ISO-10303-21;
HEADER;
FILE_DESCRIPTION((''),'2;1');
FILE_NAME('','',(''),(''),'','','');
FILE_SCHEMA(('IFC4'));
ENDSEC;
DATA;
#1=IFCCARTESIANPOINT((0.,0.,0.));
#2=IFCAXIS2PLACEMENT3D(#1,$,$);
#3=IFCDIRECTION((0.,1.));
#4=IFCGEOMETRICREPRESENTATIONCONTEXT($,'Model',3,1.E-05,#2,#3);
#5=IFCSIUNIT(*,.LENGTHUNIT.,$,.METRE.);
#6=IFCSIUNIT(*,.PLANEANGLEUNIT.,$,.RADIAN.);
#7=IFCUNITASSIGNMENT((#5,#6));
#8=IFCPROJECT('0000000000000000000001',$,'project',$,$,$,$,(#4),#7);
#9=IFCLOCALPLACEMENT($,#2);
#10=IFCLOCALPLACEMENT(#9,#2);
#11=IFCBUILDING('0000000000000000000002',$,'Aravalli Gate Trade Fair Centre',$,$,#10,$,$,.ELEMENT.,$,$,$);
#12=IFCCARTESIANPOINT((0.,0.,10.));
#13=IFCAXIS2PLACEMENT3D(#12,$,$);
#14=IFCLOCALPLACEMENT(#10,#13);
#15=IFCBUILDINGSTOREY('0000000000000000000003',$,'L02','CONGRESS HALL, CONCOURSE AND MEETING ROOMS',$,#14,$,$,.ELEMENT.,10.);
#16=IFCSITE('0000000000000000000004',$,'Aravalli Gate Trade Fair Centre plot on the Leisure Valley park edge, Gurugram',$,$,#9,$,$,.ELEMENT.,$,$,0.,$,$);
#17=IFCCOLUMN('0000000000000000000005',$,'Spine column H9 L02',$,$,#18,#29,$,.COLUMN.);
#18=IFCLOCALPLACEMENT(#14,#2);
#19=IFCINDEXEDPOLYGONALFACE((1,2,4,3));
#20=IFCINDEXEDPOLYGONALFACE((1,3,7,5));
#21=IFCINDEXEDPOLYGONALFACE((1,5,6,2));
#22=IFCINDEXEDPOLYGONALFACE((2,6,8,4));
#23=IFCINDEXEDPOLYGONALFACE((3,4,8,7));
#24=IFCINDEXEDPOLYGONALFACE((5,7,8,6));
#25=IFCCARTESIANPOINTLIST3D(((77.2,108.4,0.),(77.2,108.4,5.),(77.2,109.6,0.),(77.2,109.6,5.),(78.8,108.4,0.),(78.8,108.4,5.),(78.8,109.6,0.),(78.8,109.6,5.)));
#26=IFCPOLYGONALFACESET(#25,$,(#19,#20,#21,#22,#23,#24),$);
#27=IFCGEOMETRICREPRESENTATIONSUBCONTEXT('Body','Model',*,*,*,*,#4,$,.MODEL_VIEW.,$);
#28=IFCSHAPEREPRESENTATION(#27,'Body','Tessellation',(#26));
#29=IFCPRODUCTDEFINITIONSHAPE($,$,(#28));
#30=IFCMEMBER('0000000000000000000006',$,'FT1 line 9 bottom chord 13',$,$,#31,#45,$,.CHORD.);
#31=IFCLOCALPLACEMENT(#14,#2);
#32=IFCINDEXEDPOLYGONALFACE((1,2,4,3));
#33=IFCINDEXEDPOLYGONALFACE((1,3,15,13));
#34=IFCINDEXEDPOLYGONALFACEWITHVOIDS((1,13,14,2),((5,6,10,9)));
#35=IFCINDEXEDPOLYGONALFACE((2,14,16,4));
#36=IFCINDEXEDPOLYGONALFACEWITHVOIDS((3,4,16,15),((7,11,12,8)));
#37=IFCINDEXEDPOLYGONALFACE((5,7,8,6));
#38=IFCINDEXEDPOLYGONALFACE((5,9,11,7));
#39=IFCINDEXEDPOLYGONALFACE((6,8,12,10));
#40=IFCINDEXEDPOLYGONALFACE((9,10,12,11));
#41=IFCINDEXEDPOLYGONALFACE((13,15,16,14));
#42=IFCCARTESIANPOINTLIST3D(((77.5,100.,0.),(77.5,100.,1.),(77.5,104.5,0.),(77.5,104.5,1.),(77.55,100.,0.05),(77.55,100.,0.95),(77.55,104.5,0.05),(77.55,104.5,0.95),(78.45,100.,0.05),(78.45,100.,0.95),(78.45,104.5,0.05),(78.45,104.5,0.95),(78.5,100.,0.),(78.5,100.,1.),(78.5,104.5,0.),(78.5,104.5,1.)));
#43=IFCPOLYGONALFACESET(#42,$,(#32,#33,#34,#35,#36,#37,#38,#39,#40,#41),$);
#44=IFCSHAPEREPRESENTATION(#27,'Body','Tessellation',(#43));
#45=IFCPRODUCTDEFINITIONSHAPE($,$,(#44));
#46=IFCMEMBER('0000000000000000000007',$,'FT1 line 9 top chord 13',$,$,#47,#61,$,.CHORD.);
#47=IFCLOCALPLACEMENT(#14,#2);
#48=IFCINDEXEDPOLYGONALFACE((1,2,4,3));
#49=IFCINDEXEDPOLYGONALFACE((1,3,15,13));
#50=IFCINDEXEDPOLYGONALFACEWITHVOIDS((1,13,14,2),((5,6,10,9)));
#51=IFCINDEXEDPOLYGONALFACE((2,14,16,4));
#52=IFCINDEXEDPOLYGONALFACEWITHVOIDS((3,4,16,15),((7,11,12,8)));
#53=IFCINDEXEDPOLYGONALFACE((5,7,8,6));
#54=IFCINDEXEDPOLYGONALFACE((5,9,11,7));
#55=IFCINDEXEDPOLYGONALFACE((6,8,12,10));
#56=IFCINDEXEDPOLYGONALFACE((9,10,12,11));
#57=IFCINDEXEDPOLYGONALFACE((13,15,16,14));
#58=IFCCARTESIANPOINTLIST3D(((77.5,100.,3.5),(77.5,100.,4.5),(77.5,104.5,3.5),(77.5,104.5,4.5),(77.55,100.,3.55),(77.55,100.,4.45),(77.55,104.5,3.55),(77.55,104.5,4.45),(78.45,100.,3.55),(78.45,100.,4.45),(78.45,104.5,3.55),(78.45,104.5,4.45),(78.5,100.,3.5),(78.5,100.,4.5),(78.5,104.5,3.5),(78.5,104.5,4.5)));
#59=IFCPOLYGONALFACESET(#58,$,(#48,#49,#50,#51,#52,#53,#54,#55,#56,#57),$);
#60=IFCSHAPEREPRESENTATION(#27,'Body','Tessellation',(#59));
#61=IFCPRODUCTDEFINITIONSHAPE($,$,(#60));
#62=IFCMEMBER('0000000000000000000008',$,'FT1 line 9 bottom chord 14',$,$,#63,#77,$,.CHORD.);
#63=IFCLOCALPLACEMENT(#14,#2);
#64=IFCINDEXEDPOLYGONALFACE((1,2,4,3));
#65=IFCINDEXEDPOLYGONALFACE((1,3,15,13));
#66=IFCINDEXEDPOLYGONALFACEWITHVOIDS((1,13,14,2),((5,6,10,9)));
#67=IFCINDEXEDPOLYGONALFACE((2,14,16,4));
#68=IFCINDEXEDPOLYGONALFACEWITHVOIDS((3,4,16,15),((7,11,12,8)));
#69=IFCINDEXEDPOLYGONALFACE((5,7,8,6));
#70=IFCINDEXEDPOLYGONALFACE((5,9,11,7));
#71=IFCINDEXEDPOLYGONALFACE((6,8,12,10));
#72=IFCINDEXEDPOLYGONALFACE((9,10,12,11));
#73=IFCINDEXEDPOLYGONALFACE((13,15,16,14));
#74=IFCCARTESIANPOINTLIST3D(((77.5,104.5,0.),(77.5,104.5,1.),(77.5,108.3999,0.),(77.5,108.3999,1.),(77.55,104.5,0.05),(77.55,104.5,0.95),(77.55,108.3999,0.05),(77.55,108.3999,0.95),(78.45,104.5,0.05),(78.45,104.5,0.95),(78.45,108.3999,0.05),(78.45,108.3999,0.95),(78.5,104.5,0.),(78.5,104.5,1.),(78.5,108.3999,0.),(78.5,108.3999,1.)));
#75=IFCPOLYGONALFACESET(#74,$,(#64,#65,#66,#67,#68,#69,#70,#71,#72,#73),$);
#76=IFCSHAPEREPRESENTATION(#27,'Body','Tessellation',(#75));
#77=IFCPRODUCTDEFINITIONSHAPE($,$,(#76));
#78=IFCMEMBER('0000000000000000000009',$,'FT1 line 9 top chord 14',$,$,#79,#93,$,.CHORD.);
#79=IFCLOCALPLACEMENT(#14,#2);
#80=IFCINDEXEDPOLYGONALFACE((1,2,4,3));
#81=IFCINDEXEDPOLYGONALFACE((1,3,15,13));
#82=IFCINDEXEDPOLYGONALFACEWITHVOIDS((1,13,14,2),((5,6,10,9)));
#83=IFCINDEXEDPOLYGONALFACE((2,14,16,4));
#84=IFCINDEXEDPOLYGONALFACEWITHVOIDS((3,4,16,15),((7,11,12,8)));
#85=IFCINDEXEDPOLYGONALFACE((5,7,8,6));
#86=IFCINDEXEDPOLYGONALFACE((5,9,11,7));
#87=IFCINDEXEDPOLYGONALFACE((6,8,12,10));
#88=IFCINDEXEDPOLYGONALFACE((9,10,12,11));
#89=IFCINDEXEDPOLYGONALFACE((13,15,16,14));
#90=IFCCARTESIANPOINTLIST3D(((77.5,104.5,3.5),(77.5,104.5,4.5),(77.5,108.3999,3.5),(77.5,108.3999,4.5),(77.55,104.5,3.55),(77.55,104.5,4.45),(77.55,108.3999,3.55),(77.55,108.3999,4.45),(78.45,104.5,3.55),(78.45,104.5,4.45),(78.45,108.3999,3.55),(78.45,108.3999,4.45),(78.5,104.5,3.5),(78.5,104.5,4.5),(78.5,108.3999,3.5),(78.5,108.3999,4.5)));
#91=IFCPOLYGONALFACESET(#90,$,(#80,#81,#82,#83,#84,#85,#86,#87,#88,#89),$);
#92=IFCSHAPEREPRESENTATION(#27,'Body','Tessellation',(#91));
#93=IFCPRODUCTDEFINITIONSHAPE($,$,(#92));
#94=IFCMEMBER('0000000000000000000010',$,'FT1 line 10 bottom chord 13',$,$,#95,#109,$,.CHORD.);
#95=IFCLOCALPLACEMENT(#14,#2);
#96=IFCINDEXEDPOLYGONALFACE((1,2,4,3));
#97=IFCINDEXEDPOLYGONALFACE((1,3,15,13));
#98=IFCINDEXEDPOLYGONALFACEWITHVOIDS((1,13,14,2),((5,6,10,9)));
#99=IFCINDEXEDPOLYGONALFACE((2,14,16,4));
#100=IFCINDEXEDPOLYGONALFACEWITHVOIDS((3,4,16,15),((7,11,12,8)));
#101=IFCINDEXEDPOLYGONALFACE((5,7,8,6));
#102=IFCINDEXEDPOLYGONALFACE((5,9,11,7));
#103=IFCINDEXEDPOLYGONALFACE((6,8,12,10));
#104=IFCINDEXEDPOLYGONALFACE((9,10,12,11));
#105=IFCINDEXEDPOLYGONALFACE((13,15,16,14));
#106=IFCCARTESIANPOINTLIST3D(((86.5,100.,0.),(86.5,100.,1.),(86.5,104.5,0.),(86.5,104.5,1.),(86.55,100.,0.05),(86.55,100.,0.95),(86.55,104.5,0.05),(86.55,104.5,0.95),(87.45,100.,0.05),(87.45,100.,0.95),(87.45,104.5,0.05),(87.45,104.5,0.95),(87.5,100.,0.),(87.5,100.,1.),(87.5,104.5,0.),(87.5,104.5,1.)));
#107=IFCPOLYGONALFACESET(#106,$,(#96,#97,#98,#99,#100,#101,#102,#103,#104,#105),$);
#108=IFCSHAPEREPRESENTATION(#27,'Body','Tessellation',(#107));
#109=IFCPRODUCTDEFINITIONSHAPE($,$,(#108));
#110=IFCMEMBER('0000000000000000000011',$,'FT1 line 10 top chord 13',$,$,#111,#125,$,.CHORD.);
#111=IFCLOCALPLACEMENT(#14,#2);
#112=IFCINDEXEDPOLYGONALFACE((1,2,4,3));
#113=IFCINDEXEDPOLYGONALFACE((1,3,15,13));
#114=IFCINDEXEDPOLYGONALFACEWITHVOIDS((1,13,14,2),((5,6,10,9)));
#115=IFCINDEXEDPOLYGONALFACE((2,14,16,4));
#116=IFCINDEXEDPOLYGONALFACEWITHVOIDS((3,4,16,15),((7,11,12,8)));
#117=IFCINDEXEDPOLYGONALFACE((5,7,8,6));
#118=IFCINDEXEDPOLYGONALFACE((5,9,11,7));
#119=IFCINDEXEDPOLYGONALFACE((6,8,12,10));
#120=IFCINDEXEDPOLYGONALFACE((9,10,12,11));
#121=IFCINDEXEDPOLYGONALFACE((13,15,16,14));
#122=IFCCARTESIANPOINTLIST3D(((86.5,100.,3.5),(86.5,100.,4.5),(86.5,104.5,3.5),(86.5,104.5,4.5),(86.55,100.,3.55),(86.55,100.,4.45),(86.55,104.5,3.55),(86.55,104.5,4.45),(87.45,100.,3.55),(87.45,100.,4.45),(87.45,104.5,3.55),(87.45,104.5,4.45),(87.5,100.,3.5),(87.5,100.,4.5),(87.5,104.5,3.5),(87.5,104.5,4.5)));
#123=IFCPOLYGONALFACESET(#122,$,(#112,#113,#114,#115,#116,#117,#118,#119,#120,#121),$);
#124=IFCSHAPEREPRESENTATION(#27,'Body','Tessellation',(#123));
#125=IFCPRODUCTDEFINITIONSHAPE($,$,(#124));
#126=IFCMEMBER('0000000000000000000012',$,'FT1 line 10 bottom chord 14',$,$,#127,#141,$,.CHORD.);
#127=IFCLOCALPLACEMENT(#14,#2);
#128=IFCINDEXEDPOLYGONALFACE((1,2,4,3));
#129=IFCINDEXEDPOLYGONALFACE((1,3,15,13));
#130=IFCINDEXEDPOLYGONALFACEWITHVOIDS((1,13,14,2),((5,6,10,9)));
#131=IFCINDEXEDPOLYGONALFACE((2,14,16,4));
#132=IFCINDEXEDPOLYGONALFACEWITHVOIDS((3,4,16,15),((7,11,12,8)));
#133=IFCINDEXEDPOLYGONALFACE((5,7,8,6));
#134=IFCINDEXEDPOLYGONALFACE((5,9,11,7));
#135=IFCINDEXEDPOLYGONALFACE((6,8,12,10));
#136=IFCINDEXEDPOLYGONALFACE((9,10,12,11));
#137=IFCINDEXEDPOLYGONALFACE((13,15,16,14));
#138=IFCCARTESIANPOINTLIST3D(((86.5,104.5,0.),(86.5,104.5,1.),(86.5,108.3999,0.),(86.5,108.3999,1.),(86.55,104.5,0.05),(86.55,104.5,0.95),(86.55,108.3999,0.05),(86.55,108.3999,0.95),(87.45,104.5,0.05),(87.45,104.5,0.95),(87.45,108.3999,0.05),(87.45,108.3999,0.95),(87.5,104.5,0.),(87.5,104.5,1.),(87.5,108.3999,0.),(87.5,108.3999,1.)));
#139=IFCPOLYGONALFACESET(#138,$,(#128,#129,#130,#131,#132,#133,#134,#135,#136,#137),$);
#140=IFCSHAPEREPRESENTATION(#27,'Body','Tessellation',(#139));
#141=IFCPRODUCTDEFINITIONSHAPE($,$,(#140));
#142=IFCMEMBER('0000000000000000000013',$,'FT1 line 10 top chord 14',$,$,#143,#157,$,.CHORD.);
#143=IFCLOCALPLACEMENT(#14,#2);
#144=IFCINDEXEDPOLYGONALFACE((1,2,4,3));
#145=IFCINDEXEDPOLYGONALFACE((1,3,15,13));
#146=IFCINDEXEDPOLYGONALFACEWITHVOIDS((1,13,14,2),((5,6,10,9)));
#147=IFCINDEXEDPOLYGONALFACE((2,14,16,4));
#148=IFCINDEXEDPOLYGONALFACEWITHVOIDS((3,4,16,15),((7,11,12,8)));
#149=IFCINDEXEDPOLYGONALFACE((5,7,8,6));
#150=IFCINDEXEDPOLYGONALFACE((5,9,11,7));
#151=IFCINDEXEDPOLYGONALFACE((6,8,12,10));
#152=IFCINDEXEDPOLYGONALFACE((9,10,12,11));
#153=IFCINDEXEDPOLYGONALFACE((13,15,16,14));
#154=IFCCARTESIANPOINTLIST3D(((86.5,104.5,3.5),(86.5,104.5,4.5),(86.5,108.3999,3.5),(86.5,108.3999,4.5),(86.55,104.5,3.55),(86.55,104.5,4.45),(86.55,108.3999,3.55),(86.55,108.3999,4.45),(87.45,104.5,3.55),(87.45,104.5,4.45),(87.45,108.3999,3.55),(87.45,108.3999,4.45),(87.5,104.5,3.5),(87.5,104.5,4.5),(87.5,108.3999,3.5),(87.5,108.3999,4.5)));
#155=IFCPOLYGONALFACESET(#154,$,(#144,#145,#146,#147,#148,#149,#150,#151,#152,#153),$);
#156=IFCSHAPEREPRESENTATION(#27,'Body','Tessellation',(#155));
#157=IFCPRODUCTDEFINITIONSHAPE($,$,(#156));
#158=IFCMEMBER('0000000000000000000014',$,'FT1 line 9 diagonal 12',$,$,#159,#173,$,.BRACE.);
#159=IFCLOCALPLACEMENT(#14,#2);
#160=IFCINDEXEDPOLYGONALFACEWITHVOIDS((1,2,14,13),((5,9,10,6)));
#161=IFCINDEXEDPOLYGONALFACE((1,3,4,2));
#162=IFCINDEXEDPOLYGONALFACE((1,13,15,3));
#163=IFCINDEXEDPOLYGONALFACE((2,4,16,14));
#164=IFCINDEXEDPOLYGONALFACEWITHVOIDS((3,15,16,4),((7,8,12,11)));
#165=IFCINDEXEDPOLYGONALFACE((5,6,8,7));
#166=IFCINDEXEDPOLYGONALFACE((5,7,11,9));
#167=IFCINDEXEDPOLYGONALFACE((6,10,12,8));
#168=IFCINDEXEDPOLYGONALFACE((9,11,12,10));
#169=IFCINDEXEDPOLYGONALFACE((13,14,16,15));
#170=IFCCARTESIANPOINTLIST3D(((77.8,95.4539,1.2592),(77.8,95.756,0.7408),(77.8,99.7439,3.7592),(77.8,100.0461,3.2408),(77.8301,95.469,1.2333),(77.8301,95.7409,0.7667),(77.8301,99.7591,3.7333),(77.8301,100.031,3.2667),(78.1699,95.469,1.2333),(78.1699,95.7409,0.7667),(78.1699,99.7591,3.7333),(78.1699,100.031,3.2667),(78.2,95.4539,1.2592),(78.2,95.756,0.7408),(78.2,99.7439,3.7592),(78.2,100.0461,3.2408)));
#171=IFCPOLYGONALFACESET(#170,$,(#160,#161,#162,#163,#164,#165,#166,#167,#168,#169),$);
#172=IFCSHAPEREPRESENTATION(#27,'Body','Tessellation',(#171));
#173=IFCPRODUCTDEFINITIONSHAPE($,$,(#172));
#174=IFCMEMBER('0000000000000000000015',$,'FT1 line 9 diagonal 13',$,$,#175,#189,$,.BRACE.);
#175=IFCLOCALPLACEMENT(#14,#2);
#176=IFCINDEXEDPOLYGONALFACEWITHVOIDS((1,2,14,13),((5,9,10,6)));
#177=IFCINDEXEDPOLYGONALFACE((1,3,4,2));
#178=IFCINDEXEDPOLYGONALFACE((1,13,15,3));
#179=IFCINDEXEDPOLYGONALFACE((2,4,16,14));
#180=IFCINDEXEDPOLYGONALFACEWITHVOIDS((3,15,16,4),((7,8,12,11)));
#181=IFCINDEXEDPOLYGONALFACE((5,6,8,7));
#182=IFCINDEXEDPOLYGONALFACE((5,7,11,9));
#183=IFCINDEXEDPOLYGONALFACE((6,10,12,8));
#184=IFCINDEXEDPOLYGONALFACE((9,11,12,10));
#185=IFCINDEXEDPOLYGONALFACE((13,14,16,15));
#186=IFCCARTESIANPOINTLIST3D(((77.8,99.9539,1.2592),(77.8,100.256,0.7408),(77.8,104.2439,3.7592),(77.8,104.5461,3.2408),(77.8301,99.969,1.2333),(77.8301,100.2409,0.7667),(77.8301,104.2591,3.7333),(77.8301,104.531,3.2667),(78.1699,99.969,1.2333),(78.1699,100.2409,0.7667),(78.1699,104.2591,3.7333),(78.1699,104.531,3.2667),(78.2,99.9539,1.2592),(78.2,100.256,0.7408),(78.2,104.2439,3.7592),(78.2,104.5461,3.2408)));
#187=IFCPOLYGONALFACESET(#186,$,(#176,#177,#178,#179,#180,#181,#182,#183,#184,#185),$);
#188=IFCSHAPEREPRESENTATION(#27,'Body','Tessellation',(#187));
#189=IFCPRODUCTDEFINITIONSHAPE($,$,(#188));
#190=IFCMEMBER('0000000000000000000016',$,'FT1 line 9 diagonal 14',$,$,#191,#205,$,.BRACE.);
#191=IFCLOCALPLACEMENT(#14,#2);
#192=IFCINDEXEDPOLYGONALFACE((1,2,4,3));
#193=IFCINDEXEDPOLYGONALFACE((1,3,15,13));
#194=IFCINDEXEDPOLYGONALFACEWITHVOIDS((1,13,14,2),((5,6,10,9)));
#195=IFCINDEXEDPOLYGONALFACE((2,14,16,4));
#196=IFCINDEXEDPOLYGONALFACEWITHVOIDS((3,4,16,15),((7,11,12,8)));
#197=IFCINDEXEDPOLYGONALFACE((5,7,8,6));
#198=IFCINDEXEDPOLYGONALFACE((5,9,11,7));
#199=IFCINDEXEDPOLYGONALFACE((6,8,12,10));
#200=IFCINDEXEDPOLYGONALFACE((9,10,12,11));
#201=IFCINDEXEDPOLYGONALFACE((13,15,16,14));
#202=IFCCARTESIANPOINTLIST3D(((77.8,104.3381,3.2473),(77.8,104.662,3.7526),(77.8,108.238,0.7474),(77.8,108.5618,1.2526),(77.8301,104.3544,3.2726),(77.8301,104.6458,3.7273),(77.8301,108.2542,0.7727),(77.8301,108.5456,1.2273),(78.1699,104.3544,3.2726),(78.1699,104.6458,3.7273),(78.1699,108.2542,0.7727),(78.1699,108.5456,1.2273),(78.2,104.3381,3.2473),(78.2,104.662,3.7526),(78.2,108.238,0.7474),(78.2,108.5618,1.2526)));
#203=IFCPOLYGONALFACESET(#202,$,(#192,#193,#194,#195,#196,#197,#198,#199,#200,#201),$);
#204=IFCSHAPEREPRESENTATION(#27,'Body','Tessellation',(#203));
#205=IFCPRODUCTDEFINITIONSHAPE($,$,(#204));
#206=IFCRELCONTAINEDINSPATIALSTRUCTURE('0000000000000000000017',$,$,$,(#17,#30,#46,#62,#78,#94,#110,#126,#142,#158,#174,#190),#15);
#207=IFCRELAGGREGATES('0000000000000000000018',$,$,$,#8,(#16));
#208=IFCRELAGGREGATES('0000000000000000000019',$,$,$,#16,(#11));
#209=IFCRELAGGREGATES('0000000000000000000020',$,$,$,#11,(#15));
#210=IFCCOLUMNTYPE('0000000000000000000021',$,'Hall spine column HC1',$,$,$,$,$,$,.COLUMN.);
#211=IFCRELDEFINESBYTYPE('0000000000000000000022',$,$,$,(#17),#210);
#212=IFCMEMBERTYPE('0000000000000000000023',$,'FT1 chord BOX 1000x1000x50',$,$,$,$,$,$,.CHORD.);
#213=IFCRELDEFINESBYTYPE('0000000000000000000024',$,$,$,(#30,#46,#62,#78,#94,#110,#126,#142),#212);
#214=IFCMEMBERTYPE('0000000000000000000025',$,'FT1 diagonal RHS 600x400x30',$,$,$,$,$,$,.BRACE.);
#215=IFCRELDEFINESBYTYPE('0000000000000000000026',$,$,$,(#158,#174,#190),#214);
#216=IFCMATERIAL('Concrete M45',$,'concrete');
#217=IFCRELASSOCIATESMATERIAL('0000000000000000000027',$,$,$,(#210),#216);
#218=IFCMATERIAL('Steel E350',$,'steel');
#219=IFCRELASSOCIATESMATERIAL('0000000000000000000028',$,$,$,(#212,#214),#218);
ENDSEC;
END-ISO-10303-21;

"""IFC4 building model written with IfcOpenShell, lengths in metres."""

from ifc_helpers import new_model, si_unit, direction, frame, origin, origin_2d, place, context, subcontext, project, spatial, rectangle, hollow_rectangle, extrude, material, material_profile, profile_set, type_object, element, save


model = new_model("IFC4")

# Units and contexts
model_context = context("Model", 3, precision=1e-05, world=origin(), true_north=direction((0.0, 1.0)))
body_context = subcontext(model_context, "Body", "Model", "MODEL_VIEW")
ifc_project = project(units=[si_unit("LENGTHUNIT", "METRE"), si_unit("PLANEANGLEUNIT", "RADIAN")], contexts=[model_context])

# Site, building, storey
site_placement = place(None, origin())
site = spatial("IfcSite", under=ifc_project, at=site_placement, Name="Aravalli Gate Trade Fair Centre plot on the Leisure Valley park edge, Gurugram", CompositionType="ELEMENT", RefElevation=0.0)
building_placement = place(site_placement, origin())
building = spatial("IfcBuilding", under=site, at=building_placement, Name="Aravalli Gate Trade Fair Centre", CompositionType="ELEMENT")
storey_placement = place(building_placement, frame((0.0, 0.0, 10.0)))
storey = spatial("IfcBuildingStorey", under=building, at=storey_placement, Name="L02", Description="CONGRESS HALL, CONCOURSE AND MEETING ROOMS", CompositionType="ELEMENT", Elevation=10.0)

# Column
ifc_material_1 = material(Name="Concrete M45", Category="concrete")
ifc_material_profile_1 = material_profile(ifc_material_1, rectangle(XDim=1.6001, YDim=1.2, at=origin_2d()), Name="RC 1600x1200")
ifc_profile_set_1 = profile_set([ifc_material_profile_1], Name="Concrete M45")
column_type = type_object("IfcColumnType", Name="Hall spine column HC1", PredefinedType="COLUMN", material=ifc_profile_set_1)
column_placement = place(storey_placement, frame((78.0, 109.0, 0.0), z_axis=(0.0, 0.0, 1.0), x_axis=(1.0, 0.0, 0.0)))
element("IfcColumn", 1, at=column_placement, inside=storey, type_object=column_type, Name="Spine column H9 L02", PredefinedType="COLUMN", context=body_context, shape_type="SweptSolid", body=[
    extrude(rectangle(XDim=1.6001, YDim=1.2, at=origin_2d()), origin(), (0.0, 0.0, 1.0), 5.0),
])

# Members
ifc_material_2 = material(Name="Steel E350", Category="steel")
ifc_material_profile_2 = material_profile(ifc_material_2, hollow_rectangle(XDim=1.0, YDim=1.0, WallThickness=0.05, at=origin_2d()), Name="BOX 1000x1000x50")
ifc_profile_set_2 = profile_set([ifc_material_profile_2], Name="Steel E350")
member_type_1 = type_object("IfcMemberType", Name="FT1 chord BOX 1000x1000x50", PredefinedType="CHORD", material=ifc_profile_set_2)
for number, where, z_axis, x_axis, name in (
    (2, (78.0, 100.0, 0.5), (0.0, 1.0, 0.0), (-1.0, 0.0, 0.0), "FT1 line 9 bottom chord 13"),
    (3, (78.0, 100.0, 4.0), (0.0, 1.0, 0.0), (-1.0, 0.0, 0.0), "FT1 line 9 top chord 13"),
):
    element("IfcMember", number, at=place(storey_placement, frame(where, z_axis=z_axis, x_axis=x_axis)), inside=storey, type_object=member_type_1, Name=name, PredefinedType="CHORD", context=body_context, shape_type="SweptSolid", body=[
        extrude(hollow_rectangle(XDim=1.0, YDim=1.0, WallThickness=0.05, at=origin_2d()), origin(), (0.0, 0.0, 1.0), 4.5),
    ])
for number, where, z_axis, x_axis, name in (
    (4, (78.0, 104.5, 0.5), (0.0, 1.0, 0.0), (-1.0, 0.0, 0.0), "FT1 line 9 bottom chord 14"),
    (5, (78.0, 104.5, 4.0), (0.0, 1.0, 0.0), (-1.0, 0.0, 0.0), "FT1 line 9 top chord 14"),
):
    element("IfcMember", number, at=place(storey_placement, frame(where, z_axis=z_axis, x_axis=x_axis)), inside=storey, type_object=member_type_1, Name=name, PredefinedType="CHORD", context=body_context, shape_type="SweptSolid", body=[
        extrude(hollow_rectangle(XDim=1.0, YDim=1.0, WallThickness=0.05, at=origin_2d()), origin(), (0.0, 0.0, 1.0), 3.8999),
    ])
for number, where, z_axis, x_axis, name in (
    (6, (87.0, 100.0, 0.5), (0.0, 1.0, 0.0), (-1.0, 0.0, 0.0), "FT1 line 10 bottom chord 13"),
    (7, (87.0, 100.0, 4.0), (0.0, 1.0, 0.0), (-1.0, 0.0, 0.0), "FT1 line 10 top chord 13"),
):
    element("IfcMember", number, at=place(storey_placement, frame(where, z_axis=z_axis, x_axis=x_axis)), inside=storey, type_object=member_type_1, Name=name, PredefinedType="CHORD", context=body_context, shape_type="SweptSolid", body=[
        extrude(hollow_rectangle(XDim=1.0, YDim=1.0, WallThickness=0.05, at=origin_2d()), origin(), (0.0, 0.0, 1.0), 4.5),
    ])
for number, where, z_axis, x_axis, name in (
    (8, (87.0, 104.5, 0.5), (0.0, 1.0, 0.0), (-1.0, 0.0, 0.0), "FT1 line 10 bottom chord 14"),
    (9, (87.0, 104.5, 4.0), (0.0, 1.0, 0.0), (-1.0, 0.0, 0.0), "FT1 line 10 top chord 14"),
):
    element("IfcMember", number, at=place(storey_placement, frame(where, z_axis=z_axis, x_axis=x_axis)), inside=storey, type_object=member_type_1, Name=name, PredefinedType="CHORD", context=body_context, shape_type="SweptSolid", body=[
        extrude(hollow_rectangle(XDim=1.0, YDim=1.0, WallThickness=0.05, at=origin_2d()), origin(), (0.0, 0.0, 1.0), 3.8999),
    ])
ifc_material_profile_3 = material_profile(ifc_material_2, hollow_rectangle(XDim=0.3999, YDim=0.6001, WallThickness=0.03, at=origin_2d()), Name="RHS 600x400x30")
ifc_profile_set_3 = profile_set([ifc_material_profile_3], Name="Steel E350")
member_type_2 = type_object("IfcMemberType", Name="FT1 diagonal RHS 600x400x30", PredefinedType="BRACE", material=ifc_profile_set_3)
for number, where, z_axis, x_axis, name in (
    (10, (78.0, 99.895, 3.5), (0.0, -0.864, -0.503492), (1.0, 0.0, 0.0), "FT1 line 9 diagonal 12"),
    (11, (78.0, 104.395, 3.5), (0.0, -0.864, -0.503492), (1.0, 0.0, 0.0), "FT1 line 9 diagonal 13"),
):
    element("IfcMember", number, at=place(storey_placement, frame(where, z_axis=z_axis, x_axis=x_axis)), inside=storey, type_object=member_type_2, Name=name, PredefinedType="BRACE", context=body_context, shape_type="SweptSolid", body=[
        extrude(hollow_rectangle(XDim=0.3999, YDim=0.6001, WallThickness=0.03, at=origin_2d()), origin(), (0.0, 0.0, 1.0), 4.9653),
    ])
member_placement = place(storey_placement, frame((78.0, 108.3999, 1.0), z_axis=(0.0, -0.841873, 0.539676), x_axis=(1.0, 0.0, 0.0)))
element("IfcMember", 12, at=member_placement, inside=storey, type_object=member_type_2, Name="FT1 line 9 diagonal 14", PredefinedType="BRACE", context=body_context, shape_type="SweptSolid", body=[
    extrude(hollow_rectangle(XDim=0.3999, YDim=0.6001, WallThickness=0.03, at=origin_2d()), origin(), (0.0, 0.0, 1.0), 4.6323),
])

save(model, "model.ifc")
